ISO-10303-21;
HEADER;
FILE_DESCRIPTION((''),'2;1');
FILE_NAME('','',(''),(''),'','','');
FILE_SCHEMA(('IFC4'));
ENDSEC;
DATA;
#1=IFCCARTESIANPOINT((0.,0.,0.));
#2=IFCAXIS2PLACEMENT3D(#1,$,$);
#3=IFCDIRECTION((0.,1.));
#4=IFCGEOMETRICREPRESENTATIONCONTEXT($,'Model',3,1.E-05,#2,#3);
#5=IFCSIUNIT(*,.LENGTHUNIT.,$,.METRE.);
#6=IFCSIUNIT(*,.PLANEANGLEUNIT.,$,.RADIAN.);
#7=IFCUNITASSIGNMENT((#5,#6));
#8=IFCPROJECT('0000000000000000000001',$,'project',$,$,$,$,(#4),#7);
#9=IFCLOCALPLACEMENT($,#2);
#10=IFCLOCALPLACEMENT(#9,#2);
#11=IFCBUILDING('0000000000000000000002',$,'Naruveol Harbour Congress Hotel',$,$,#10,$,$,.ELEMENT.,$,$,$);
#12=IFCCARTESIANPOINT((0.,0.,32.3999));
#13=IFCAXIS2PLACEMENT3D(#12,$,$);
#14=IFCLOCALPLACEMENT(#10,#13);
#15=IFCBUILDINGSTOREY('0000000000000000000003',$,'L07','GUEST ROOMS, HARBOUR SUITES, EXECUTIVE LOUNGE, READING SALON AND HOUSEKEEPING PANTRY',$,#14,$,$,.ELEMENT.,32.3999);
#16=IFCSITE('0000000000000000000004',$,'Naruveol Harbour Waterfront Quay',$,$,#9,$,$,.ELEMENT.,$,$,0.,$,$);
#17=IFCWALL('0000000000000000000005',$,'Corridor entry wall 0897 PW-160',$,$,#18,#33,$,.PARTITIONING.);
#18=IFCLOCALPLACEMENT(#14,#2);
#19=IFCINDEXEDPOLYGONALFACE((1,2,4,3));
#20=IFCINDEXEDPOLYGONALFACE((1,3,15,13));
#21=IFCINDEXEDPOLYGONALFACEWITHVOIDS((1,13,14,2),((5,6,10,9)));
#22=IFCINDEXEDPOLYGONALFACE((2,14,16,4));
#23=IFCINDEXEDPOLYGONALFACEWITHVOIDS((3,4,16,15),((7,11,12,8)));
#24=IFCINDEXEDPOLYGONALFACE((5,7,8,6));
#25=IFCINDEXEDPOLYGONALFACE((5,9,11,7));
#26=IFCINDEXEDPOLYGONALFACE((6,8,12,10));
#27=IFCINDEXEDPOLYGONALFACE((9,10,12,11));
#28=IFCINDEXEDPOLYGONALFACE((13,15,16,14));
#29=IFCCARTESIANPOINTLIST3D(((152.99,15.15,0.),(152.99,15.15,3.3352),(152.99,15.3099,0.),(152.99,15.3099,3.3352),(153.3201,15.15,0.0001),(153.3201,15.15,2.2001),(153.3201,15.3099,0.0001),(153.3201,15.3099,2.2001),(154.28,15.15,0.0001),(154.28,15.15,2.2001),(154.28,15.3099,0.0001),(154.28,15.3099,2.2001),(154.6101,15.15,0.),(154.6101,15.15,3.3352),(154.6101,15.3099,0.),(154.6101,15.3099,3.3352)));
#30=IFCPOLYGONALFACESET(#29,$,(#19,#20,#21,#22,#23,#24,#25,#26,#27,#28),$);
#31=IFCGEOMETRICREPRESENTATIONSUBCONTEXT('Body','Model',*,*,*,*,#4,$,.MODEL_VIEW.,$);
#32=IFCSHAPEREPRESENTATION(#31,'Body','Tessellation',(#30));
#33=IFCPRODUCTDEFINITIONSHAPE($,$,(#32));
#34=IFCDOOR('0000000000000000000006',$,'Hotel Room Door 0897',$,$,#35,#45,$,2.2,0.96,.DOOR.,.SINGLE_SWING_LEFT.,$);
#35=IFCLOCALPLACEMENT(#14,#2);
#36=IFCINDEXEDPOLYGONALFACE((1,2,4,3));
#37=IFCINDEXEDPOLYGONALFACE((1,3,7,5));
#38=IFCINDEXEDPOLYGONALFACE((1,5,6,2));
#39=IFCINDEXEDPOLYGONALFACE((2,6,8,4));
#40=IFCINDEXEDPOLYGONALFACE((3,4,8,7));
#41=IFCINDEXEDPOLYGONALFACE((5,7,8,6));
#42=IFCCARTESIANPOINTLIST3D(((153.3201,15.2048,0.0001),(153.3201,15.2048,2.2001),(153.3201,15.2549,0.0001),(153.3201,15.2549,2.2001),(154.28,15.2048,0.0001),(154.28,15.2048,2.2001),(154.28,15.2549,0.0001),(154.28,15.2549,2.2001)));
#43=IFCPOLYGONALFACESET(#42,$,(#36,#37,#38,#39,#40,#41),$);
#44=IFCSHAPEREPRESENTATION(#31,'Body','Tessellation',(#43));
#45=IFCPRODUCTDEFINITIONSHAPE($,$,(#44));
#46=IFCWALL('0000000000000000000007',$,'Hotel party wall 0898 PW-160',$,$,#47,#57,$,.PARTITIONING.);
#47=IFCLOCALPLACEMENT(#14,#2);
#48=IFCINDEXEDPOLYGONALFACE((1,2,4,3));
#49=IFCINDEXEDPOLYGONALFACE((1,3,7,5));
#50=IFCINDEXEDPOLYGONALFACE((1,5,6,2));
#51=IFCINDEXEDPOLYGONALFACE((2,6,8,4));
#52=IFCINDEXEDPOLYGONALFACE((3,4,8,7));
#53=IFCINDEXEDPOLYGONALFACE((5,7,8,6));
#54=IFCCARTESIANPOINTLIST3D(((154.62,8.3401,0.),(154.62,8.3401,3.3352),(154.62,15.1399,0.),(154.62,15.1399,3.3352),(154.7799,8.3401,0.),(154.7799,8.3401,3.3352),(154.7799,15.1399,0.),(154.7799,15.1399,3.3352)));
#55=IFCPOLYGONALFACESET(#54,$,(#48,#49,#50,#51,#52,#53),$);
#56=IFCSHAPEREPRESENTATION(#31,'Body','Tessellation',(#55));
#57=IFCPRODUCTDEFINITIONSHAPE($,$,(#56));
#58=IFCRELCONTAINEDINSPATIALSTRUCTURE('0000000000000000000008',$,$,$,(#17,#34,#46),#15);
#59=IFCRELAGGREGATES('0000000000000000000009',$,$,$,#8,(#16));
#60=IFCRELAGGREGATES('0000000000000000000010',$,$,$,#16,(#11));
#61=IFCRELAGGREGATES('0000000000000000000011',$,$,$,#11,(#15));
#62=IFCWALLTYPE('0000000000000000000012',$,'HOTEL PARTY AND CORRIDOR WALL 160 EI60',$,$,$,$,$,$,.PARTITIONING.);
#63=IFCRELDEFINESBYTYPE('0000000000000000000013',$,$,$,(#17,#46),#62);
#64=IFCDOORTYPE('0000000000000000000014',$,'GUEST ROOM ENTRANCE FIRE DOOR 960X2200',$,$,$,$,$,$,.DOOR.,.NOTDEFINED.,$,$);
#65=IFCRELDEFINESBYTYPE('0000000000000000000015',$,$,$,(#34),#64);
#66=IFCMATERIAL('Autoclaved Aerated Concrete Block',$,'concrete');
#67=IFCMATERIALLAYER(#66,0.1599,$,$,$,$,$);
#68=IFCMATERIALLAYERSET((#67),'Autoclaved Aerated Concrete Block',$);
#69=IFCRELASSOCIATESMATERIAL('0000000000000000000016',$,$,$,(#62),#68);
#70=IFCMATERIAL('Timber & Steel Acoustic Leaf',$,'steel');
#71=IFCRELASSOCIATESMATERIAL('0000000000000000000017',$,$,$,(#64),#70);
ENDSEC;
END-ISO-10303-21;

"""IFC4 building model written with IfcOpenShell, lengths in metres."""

from ifc_helpers import new_model, si_unit, direction, frame, frame_2d, origin, place, context, subcontext, project, spatial, rectangle, extrude, material, layer, layer_set, type_object, element, fill, save


model = new_model("IFC4")

# Units and contexts
model_context = context("Model", 3, precision=1e-05, world=origin(), true_north=direction((0.0, 1.0)))
body_context = subcontext(model_context, "Body", "Model", "MODEL_VIEW")
ifc_project = project(units=[si_unit("LENGTHUNIT", "METRE"), si_unit("PLANEANGLEUNIT", "RADIAN")], contexts=[model_context])

# Site, building, storey
site_placement = place(None, origin())
site = spatial("IfcSite", under=ifc_project, at=site_placement, Name="Naruveol Harbour Waterfront Quay", CompositionType="ELEMENT", RefElevation=0.0)
building_placement = place(site_placement, origin())
building = spatial("IfcBuilding", under=site, at=building_placement, Name="Naruveol Harbour Congress Hotel", CompositionType="ELEMENT")
storey_placement = place(building_placement, frame((0.0, 0.0, 32.3999)))
storey = spatial("IfcBuildingStorey", under=building, at=storey_placement, Name="L07", Description="GUEST ROOMS, HARBOUR SUITES, EXECUTIVE LOUNGE, READING SALON AND HOUSEKEEPING PANTRY", CompositionType="ELEMENT", Elevation=32.3999)

# Shared definitions
ifc_material_1 = material(Name="Autoclaved Aerated Concrete Block", Category="concrete")
ifc_layer_1 = layer(ifc_material_1, 0.1599)
ifc_layer_set_1 = layer_set([ifc_layer_1], Name="Autoclaved Aerated Concrete Block")
wall_type_1 = type_object("IfcWallType", Name="HOTEL PARTY AND CORRIDOR WALL 160 EI60", PredefinedType="PARTITIONING", material=ifc_layer_set_1)
ifc_material_2 = material(Name="Timber & Steel Acoustic Leaf", Category="steel")
door_type_1 = type_object("IfcDoorType", Name="GUEST ROOM ENTRANCE FIRE DOOR 960X2200", OperationType="NOTDEFINED", PredefinedType="DOOR", material=ifc_material_2)

# Wall, opening, door
wall_1_placement = place(storey_placement, frame((152.99, 15.23, 0.0), z_axis=(0.0, 0.0, 1.0), x_axis=(1.0, 0.0, 0.0)))
wall_1 = element("IfcWall", 1, at=wall_1_placement, inside=storey, type_object=wall_type_1, Name="Corridor entry wall 0897 PW-160", PredefinedType="PARTITIONING", context=body_context, shape_type="SweptSolid", body=[
    extrude(rectangle(XDim=1.6201, YDim=0.1599, at=frame_2d((0.8101, 0.0))), origin(), (0.0, 0.0, 1.0), 3.3352),
])
opening_1_placement = place(wall_1_placement, frame((0.3301, 0.0, 0.0)))
opening_1 = element("IfcOpeningElement", 2, at=opening_1_placement, cuts=wall_1, PredefinedType="OPENING", context=body_context, shape_type="SweptSolid", body=[
    extrude(rectangle(XDim=0.96, YDim=2.2, at=frame_2d((0.48, 1.1001))), frame((0.0, 0.0898, 0.0), z_axis=(0.0, -1.0, 0.0), x_axis=(1.0, 0.0, 0.0)), (0.0, 0.0, 1.0), 0.1799),
])
door_1_placement = place(opening_1_placement, origin())
door_1 = element("IfcDoor", 3, at=door_1_placement, inside=storey, type_object=door_type_1, Name="Hotel Room Door 0897", OperationType="SINGLE_SWING_LEFT", OverallHeight=2.2, OverallWidth=0.96, PredefinedType="DOOR", context=body_context, shape_type="SweptSolid", body=[
    extrude(rectangle(XDim=0.96, YDim=2.2, at=frame_2d((0.48, 1.1001))), frame((0.0, 0.0249, 0.0), z_axis=(0.0, -1.0, 0.0), x_axis=(1.0, 0.0, 0.0)), (0.0, 0.0, 1.0), 0.05),
])
fill(opening_1, door_1)

# Wall
wall_2_placement = place(storey_placement, frame((154.7, 8.3401, 0.0), z_axis=(0.0, 0.0, 1.0), x_axis=(0.0, 1.0, 0.0)))
element("IfcWall", 4, at=wall_2_placement, inside=storey, type_object=wall_type_1, Name="Hotel party wall 0898 PW-160", PredefinedType="PARTITIONING", context=body_context, shape_type="SweptSolid", body=[
    extrude(rectangle(XDim=6.7998, YDim=0.1599, at=frame_2d((3.3999, 0.0))), origin(), (0.0, 0.0, 1.0), 3.3352),
])

save(model, "model.ifc")
